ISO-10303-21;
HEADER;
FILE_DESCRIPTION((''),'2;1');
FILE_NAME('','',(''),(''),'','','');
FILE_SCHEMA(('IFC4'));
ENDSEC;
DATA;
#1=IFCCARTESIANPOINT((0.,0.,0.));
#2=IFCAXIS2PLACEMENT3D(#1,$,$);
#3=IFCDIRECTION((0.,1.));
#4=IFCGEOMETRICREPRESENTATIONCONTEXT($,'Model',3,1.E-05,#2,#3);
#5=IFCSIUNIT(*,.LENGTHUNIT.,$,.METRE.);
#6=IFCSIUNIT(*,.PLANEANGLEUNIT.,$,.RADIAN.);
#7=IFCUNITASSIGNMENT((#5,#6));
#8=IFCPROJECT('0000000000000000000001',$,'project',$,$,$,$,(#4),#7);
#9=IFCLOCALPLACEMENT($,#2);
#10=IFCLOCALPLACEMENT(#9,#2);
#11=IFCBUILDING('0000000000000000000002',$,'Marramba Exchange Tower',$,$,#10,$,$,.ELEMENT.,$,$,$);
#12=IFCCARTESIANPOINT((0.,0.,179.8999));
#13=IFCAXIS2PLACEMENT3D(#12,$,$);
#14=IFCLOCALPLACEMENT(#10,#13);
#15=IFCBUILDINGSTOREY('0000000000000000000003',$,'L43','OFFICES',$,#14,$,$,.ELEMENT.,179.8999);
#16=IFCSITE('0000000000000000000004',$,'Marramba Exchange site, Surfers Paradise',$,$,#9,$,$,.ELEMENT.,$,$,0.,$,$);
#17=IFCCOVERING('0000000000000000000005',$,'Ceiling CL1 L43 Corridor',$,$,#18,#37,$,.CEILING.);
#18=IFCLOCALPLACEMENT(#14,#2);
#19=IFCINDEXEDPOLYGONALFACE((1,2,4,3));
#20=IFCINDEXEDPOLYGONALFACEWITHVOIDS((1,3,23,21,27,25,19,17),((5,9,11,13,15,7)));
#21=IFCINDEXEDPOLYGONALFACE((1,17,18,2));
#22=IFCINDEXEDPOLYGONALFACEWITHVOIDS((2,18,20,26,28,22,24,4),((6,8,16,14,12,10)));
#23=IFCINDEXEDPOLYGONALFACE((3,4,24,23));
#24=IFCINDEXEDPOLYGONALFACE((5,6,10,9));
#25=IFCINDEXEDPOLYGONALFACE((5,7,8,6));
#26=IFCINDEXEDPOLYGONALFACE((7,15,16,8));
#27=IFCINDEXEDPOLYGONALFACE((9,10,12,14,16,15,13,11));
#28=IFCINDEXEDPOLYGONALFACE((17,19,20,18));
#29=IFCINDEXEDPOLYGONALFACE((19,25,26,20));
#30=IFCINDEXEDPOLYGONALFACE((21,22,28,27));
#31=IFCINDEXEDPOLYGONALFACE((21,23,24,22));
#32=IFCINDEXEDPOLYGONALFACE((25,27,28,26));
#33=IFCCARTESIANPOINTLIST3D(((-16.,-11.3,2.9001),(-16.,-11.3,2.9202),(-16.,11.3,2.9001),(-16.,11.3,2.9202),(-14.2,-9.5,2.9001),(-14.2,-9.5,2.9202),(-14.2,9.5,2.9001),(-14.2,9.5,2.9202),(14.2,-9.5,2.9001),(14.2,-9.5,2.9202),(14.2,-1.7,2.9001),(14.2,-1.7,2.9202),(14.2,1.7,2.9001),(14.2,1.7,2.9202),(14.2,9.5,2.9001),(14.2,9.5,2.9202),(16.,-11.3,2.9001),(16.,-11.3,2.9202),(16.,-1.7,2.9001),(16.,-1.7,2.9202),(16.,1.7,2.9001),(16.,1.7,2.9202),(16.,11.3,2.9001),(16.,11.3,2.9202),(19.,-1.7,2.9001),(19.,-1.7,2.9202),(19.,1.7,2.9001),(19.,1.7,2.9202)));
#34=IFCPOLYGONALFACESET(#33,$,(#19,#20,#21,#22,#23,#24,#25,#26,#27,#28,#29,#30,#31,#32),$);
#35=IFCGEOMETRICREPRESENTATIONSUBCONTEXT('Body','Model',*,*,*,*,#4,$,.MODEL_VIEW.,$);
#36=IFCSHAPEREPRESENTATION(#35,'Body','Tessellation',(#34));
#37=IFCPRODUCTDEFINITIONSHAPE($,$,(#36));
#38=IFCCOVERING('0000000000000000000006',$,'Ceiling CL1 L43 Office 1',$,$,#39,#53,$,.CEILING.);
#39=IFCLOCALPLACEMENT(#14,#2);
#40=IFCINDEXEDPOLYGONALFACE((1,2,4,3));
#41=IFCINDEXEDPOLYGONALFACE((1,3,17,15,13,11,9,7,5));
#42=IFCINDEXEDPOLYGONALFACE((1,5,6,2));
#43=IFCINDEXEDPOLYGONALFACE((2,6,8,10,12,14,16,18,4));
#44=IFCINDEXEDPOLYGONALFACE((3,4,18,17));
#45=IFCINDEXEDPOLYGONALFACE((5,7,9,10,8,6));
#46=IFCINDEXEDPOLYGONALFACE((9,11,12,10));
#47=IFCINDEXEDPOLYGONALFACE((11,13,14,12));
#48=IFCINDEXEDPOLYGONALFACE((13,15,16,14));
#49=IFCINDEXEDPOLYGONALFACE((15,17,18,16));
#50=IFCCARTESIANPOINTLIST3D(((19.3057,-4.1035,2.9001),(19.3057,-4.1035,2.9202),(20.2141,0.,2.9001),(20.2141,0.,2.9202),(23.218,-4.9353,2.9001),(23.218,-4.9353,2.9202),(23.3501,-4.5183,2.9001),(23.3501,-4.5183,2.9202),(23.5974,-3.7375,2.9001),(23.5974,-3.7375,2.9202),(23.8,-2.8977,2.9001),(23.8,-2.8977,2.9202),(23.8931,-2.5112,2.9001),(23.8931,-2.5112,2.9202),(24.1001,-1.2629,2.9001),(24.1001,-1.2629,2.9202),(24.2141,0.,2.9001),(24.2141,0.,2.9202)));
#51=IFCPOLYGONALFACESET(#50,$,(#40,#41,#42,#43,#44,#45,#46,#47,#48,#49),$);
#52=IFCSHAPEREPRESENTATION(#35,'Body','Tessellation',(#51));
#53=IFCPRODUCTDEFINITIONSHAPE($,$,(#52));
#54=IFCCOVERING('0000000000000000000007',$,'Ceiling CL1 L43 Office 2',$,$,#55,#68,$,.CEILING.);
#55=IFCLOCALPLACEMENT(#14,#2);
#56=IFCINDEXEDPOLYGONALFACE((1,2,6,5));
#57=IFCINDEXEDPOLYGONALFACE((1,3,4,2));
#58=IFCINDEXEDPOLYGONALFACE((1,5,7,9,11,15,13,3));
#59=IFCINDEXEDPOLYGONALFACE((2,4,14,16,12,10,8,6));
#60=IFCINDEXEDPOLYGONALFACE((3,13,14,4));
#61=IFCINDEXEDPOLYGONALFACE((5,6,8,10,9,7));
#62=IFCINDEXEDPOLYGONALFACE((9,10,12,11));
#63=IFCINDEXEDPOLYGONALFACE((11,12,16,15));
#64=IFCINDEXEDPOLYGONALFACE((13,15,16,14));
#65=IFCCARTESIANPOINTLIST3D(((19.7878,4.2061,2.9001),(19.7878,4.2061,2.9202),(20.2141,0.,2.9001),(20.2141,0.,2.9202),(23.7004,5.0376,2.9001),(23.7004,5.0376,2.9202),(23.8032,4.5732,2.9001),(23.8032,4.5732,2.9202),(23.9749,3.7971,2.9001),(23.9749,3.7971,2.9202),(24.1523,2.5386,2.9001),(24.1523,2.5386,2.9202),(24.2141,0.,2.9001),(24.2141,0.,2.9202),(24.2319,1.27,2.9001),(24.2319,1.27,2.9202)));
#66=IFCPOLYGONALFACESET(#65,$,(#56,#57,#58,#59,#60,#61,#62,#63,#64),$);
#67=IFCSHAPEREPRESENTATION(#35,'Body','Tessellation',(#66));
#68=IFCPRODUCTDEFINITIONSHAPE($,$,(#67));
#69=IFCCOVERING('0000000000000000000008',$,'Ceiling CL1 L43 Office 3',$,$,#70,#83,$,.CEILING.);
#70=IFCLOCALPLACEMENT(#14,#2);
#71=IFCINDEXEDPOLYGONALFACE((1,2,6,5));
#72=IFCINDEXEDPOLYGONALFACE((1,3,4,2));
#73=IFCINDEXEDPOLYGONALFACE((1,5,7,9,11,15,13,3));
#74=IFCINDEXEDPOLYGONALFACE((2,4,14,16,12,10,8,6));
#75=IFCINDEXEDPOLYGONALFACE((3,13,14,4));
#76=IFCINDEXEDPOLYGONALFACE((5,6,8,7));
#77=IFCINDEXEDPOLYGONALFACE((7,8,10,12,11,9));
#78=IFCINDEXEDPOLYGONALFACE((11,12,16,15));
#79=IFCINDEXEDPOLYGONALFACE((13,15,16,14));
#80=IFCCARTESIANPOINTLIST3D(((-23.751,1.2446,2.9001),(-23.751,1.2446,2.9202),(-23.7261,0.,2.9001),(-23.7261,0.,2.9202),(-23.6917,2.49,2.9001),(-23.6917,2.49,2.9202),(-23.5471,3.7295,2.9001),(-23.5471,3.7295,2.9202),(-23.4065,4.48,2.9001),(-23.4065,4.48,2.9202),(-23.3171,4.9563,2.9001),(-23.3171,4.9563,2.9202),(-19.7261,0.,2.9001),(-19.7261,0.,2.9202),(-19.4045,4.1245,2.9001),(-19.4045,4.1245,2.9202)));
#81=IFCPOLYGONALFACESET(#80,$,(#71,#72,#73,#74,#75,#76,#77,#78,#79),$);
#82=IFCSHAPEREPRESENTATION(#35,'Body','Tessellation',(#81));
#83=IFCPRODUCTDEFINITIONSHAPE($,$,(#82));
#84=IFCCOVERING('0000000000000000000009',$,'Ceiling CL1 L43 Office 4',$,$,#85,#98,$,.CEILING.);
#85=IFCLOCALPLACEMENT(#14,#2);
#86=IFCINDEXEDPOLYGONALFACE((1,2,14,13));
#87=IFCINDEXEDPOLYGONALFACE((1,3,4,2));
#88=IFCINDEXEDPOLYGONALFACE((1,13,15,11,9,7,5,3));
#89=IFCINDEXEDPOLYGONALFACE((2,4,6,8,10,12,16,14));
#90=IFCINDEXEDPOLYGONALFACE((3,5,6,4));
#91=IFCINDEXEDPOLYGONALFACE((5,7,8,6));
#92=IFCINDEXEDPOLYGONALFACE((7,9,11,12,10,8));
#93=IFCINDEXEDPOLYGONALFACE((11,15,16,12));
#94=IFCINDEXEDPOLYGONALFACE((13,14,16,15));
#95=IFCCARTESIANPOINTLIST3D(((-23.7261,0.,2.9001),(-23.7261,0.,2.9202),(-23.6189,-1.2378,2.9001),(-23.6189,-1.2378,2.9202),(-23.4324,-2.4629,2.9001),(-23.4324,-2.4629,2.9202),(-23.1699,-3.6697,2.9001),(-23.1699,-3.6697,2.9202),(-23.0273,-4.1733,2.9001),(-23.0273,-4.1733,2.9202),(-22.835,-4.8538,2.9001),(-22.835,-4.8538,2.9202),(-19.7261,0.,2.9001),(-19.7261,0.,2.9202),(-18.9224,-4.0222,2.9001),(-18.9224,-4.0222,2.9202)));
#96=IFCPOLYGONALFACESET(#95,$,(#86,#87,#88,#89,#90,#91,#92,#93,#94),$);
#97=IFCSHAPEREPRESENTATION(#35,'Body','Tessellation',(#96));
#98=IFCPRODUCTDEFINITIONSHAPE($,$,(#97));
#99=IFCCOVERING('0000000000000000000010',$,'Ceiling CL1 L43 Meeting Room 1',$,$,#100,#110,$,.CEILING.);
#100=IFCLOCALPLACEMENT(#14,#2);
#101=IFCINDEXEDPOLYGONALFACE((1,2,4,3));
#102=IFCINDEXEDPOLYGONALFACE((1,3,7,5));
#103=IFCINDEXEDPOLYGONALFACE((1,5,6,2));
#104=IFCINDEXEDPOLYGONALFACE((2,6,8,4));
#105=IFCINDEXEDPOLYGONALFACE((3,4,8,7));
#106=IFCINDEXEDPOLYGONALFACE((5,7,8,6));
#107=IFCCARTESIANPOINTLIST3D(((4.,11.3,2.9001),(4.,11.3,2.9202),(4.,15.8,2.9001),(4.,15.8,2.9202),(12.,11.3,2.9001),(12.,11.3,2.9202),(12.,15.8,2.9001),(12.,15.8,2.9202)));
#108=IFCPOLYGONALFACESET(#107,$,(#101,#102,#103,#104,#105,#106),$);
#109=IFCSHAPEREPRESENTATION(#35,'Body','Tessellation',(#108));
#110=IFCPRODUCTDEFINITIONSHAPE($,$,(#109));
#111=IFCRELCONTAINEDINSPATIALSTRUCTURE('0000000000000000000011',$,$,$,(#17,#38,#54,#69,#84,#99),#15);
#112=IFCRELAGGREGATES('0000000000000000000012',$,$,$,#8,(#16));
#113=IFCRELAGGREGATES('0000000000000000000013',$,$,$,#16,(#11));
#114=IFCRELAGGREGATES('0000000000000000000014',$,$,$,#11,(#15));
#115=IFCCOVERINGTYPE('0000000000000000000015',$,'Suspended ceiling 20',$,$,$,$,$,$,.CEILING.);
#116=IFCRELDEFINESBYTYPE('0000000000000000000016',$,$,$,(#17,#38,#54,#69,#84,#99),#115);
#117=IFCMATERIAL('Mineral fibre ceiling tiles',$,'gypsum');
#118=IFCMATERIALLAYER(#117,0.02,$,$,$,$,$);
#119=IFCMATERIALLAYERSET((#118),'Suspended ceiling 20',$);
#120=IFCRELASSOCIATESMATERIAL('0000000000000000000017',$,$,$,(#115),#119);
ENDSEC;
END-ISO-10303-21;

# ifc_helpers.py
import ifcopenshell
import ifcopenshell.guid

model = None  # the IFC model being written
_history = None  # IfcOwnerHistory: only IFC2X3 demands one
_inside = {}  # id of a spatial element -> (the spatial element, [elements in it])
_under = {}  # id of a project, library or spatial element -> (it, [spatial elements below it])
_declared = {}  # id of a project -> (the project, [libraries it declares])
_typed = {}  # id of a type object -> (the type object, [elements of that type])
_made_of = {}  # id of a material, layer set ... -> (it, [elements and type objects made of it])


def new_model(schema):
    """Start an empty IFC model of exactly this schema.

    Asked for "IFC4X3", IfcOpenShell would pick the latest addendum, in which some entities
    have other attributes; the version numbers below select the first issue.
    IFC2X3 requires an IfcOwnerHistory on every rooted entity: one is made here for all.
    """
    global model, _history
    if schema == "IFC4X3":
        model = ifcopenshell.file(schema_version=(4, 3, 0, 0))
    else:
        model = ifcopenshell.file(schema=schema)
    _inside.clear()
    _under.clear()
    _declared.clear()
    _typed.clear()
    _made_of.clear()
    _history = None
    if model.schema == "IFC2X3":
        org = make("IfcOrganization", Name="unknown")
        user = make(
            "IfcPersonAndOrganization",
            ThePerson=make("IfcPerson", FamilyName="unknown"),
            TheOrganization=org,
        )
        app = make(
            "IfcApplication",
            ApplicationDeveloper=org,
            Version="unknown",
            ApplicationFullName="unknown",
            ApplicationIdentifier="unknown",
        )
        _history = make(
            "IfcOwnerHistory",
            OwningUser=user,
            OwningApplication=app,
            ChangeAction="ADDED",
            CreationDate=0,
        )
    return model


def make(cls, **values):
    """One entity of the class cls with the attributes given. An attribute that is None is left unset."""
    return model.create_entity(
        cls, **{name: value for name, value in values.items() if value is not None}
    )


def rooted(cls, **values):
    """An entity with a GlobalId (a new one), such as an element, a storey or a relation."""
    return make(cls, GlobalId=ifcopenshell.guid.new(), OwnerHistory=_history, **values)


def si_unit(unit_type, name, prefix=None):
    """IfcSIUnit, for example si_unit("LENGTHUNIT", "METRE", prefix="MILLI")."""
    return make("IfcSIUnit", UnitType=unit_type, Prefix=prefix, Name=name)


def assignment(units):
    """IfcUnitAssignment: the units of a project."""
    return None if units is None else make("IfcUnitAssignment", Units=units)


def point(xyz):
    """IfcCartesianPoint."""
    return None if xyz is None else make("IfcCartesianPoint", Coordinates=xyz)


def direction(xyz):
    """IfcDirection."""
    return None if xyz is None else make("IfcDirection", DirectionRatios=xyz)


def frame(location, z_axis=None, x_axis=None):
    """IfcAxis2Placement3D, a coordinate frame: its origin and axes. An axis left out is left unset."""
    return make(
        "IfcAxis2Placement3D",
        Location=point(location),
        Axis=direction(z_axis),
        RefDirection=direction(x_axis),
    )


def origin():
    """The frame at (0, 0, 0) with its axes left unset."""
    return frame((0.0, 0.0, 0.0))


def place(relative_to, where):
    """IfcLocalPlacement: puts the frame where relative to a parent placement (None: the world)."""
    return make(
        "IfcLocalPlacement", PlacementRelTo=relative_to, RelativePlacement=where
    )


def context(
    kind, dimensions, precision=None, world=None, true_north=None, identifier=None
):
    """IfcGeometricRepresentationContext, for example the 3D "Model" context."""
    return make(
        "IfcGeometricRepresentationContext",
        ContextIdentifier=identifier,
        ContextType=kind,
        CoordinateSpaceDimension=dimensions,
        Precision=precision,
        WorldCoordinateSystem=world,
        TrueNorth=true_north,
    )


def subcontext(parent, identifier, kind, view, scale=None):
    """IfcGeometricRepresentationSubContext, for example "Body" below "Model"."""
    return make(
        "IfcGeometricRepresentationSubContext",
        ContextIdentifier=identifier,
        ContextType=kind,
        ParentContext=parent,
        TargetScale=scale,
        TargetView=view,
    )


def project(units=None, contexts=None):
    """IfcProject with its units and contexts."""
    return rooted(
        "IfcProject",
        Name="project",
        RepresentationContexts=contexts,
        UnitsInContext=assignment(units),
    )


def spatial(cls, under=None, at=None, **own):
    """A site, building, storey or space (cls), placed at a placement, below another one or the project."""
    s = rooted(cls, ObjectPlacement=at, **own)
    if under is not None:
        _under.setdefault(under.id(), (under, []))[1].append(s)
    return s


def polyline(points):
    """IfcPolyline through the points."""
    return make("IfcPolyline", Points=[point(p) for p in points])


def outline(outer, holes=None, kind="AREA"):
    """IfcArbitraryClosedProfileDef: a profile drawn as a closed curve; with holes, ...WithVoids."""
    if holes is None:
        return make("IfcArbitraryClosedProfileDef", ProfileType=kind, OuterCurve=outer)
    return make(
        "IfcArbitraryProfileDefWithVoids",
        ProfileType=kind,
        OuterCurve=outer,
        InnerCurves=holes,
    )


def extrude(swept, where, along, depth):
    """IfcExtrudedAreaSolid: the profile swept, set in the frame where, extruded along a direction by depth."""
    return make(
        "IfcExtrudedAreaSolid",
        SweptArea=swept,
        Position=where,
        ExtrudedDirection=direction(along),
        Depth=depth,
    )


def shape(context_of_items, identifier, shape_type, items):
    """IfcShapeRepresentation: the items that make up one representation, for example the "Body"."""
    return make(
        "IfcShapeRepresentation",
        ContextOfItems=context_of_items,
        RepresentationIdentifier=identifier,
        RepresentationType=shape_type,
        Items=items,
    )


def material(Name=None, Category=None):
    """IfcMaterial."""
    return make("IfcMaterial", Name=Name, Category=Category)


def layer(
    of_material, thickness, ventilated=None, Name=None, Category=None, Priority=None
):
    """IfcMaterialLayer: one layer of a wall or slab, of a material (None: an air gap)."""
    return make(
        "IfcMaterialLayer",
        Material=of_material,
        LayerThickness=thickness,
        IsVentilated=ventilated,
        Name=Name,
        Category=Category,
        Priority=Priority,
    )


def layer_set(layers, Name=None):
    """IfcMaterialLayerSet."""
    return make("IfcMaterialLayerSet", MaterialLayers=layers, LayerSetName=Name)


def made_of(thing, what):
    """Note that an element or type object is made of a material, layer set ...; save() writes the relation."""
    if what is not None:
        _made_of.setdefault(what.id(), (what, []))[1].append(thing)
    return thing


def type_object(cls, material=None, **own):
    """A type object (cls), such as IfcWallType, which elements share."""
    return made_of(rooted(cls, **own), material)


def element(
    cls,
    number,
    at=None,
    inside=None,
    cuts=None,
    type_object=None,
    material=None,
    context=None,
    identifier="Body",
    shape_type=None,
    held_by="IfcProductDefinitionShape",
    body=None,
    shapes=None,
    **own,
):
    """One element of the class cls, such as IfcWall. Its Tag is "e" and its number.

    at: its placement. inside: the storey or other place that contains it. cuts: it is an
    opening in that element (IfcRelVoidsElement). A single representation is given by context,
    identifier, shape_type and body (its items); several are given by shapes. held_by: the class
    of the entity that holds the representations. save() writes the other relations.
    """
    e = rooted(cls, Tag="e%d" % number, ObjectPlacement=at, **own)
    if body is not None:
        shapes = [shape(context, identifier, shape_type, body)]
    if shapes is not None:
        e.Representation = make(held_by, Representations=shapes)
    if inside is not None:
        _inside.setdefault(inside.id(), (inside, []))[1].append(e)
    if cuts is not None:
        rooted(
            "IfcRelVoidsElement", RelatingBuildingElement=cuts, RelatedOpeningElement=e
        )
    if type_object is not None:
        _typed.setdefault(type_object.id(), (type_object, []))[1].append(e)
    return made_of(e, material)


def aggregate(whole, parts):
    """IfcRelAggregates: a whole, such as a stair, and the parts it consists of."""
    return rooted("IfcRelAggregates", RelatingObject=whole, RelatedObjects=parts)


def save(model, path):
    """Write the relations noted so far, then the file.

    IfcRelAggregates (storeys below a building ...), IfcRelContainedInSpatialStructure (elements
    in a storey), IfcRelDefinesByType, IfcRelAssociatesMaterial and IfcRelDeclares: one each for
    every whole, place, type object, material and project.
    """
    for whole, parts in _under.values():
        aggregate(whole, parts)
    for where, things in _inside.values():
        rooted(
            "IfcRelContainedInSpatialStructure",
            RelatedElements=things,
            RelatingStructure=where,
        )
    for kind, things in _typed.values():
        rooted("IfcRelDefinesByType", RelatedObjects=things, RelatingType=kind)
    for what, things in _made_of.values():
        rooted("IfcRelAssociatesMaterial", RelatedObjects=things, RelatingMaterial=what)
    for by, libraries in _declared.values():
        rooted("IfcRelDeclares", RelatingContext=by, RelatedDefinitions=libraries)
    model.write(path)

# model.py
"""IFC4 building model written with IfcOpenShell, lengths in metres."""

from ifc_helpers import new_model, si_unit, direction, frame, origin, place, context, subcontext, project, spatial, polyline, outline, extrude, material, layer, layer_set, type_object, element, save


model = new_model("IFC4")

# Units and contexts
model_context = context("Model", 3, precision=1e-05, world=origin(), true_north=direction((0.0, 1.0)))
body_context = subcontext(model_context, "Body", "Model", "MODEL_VIEW")
ifc_project = project(units=[si_unit("LENGTHUNIT", "METRE"), si_unit("PLANEANGLEUNIT", "RADIAN")], contexts=[model_context])

# Site, building, storey
site_placement = place(None, origin())
site = spatial("IfcSite", under=ifc_project, at=site_placement, Name="Marramba Exchange site, Surfers Paradise", CompositionType="ELEMENT", RefElevation=0.0)
building_placement = place(site_placement, origin())
building = spatial("IfcBuilding", under=site, at=building_placement, Name="Marramba Exchange Tower", CompositionType="ELEMENT")
storey_placement = place(building_placement, frame((0.0, 0.0, 179.8999)))
storey = spatial("IfcBuildingStorey", under=building, at=storey_placement, Name="L43", Description="OFFICES", CompositionType="ELEMENT", Elevation=179.8999)

# Coverings
ifc_material_1 = material(Name="Mineral fibre ceiling tiles", Category="gypsum")
ifc_layer_1 = layer(ifc_material_1, 0.02)
ifc_layer_set_1 = layer_set([ifc_layer_1], Name="Suspended ceiling 20")
covering_type = type_object("IfcCoveringType", Name="Suspended ceiling 20", PredefinedType="CEILING", material=ifc_layer_set_1)
covering_1_placement = place(storey_placement, frame((0.0, 0.0, 2.9001)))
element("IfcCovering", 1, at=covering_1_placement, inside=storey, type_object=covering_type, Name="Ceiling CL1 L43 Corridor", PredefinedType="CEILING", context=body_context, shape_type="SweptSolid", body=[
    extrude(outline(polyline([(19.0, 1.7), (19.0, -1.7), (16.0, -1.7), (16.0, -11.3), (-16.0, -11.3), (-16.0, 11.3), (16.0, 11.3), (16.0, 1.7), (19.0, 1.7)]), holes=[polyline([(14.2, -1.7), (14.2, 1.7), (14.2, 9.5), (-14.2, 9.5), (-14.2, -9.5), (14.2, -9.5), (14.2, -1.7)])]), origin(), (0.0, 0.0, 1.0), 0.02),
])
covering_2_placement = place(storey_placement, frame((0.0, 0.0, 2.9001)))
element("IfcCovering", 2, at=covering_2_placement, inside=storey, type_object=covering_type, Name="Ceiling CL1 L43 Office 1", PredefinedType="CEILING", context=body_context, shape_type="SweptSolid", body=[
    extrude(outline(polyline([(24.1001, -1.2629), (23.8931, -2.5112), (23.8, -2.8977), (23.5974, -3.7375), (23.3501, -4.5183), (23.218, -4.9353), (19.3057, -4.1035), (20.2141, 0.0), (24.2141, 0.0), (24.1001, -1.2629)])), origin(), (0.0, 0.0, 1.0), 0.02),
])
covering_3_placement = place(storey_placement, frame((0.0, 0.0, 2.9001)))
element("IfcCovering", 3, at=covering_3_placement, inside=storey, type_object=covering_type, Name="Ceiling CL1 L43 Office 2", PredefinedType="CEILING", context=body_context, shape_type="SweptSolid", body=[
    extrude(outline(polyline([(23.8032, 4.5732), (23.9749, 3.7971), (24.1523, 2.5386), (24.2319, 1.27), (24.2141, 0.0), (20.2141, 0.0), (19.7878, 4.2061), (23.7004, 5.0376), (23.8032, 4.5732)])), origin(), (0.0, 0.0, 1.0), 0.02),
])
covering_4_placement = place(storey_placement, frame((0.0, 0.0, 2.9001)))
element("IfcCovering", 4, at=covering_4_placement, inside=storey, type_object=covering_type, Name="Ceiling CL1 L43 Office 3", PredefinedType="CEILING", context=body_context, shape_type="SweptSolid", body=[
    extrude(outline(polyline([(-23.751, 1.2446), (-23.6917, 2.49), (-23.5471, 3.7295), (-23.4065, 4.48), (-23.3171, 4.9563), (-19.4045, 4.1245), (-19.7261, 0.0), (-23.7261, 0.0), (-23.751, 1.2446)])), origin(), (0.0, 0.0, 1.0), 0.02),
])
covering_5_placement = place(storey_placement, frame((0.0, 0.0, 2.9001)))
element("IfcCovering", 5, at=covering_5_placement, inside=storey, type_object=covering_type, Name="Ceiling CL1 L43 Office 4", PredefinedType="CEILING", context=body_context, shape_type="SweptSolid", body=[
    extrude(outline(polyline([(-23.0273, -4.1733), (-23.1699, -3.6697), (-23.4324, -2.4629), (-23.6189, -1.2378), (-23.7261, 0.0), (-19.7261, 0.0), (-18.9224, -4.0222), (-22.835, -4.8538), (-23.0273, -4.1733)])), origin(), (0.0, 0.0, 1.0), 0.02),
])
covering_6_placement = place(storey_placement, frame((0.0, 0.0, 2.9001)))
element("IfcCovering", 6, at=covering_6_placement, inside=storey, type_object=covering_type, Name="Ceiling CL1 L43 Meeting Room 1", PredefinedType="CEILING", context=body_context, shape_type="SweptSolid", body=[
    extrude(outline(polyline([(12.0, 11.3), (4.0, 11.3), (4.0, 15.8), (12.0, 15.8), (12.0, 11.3)])), origin(), (0.0, 0.0, 1.0), 0.02),
])

save(model, "model.ifc")
